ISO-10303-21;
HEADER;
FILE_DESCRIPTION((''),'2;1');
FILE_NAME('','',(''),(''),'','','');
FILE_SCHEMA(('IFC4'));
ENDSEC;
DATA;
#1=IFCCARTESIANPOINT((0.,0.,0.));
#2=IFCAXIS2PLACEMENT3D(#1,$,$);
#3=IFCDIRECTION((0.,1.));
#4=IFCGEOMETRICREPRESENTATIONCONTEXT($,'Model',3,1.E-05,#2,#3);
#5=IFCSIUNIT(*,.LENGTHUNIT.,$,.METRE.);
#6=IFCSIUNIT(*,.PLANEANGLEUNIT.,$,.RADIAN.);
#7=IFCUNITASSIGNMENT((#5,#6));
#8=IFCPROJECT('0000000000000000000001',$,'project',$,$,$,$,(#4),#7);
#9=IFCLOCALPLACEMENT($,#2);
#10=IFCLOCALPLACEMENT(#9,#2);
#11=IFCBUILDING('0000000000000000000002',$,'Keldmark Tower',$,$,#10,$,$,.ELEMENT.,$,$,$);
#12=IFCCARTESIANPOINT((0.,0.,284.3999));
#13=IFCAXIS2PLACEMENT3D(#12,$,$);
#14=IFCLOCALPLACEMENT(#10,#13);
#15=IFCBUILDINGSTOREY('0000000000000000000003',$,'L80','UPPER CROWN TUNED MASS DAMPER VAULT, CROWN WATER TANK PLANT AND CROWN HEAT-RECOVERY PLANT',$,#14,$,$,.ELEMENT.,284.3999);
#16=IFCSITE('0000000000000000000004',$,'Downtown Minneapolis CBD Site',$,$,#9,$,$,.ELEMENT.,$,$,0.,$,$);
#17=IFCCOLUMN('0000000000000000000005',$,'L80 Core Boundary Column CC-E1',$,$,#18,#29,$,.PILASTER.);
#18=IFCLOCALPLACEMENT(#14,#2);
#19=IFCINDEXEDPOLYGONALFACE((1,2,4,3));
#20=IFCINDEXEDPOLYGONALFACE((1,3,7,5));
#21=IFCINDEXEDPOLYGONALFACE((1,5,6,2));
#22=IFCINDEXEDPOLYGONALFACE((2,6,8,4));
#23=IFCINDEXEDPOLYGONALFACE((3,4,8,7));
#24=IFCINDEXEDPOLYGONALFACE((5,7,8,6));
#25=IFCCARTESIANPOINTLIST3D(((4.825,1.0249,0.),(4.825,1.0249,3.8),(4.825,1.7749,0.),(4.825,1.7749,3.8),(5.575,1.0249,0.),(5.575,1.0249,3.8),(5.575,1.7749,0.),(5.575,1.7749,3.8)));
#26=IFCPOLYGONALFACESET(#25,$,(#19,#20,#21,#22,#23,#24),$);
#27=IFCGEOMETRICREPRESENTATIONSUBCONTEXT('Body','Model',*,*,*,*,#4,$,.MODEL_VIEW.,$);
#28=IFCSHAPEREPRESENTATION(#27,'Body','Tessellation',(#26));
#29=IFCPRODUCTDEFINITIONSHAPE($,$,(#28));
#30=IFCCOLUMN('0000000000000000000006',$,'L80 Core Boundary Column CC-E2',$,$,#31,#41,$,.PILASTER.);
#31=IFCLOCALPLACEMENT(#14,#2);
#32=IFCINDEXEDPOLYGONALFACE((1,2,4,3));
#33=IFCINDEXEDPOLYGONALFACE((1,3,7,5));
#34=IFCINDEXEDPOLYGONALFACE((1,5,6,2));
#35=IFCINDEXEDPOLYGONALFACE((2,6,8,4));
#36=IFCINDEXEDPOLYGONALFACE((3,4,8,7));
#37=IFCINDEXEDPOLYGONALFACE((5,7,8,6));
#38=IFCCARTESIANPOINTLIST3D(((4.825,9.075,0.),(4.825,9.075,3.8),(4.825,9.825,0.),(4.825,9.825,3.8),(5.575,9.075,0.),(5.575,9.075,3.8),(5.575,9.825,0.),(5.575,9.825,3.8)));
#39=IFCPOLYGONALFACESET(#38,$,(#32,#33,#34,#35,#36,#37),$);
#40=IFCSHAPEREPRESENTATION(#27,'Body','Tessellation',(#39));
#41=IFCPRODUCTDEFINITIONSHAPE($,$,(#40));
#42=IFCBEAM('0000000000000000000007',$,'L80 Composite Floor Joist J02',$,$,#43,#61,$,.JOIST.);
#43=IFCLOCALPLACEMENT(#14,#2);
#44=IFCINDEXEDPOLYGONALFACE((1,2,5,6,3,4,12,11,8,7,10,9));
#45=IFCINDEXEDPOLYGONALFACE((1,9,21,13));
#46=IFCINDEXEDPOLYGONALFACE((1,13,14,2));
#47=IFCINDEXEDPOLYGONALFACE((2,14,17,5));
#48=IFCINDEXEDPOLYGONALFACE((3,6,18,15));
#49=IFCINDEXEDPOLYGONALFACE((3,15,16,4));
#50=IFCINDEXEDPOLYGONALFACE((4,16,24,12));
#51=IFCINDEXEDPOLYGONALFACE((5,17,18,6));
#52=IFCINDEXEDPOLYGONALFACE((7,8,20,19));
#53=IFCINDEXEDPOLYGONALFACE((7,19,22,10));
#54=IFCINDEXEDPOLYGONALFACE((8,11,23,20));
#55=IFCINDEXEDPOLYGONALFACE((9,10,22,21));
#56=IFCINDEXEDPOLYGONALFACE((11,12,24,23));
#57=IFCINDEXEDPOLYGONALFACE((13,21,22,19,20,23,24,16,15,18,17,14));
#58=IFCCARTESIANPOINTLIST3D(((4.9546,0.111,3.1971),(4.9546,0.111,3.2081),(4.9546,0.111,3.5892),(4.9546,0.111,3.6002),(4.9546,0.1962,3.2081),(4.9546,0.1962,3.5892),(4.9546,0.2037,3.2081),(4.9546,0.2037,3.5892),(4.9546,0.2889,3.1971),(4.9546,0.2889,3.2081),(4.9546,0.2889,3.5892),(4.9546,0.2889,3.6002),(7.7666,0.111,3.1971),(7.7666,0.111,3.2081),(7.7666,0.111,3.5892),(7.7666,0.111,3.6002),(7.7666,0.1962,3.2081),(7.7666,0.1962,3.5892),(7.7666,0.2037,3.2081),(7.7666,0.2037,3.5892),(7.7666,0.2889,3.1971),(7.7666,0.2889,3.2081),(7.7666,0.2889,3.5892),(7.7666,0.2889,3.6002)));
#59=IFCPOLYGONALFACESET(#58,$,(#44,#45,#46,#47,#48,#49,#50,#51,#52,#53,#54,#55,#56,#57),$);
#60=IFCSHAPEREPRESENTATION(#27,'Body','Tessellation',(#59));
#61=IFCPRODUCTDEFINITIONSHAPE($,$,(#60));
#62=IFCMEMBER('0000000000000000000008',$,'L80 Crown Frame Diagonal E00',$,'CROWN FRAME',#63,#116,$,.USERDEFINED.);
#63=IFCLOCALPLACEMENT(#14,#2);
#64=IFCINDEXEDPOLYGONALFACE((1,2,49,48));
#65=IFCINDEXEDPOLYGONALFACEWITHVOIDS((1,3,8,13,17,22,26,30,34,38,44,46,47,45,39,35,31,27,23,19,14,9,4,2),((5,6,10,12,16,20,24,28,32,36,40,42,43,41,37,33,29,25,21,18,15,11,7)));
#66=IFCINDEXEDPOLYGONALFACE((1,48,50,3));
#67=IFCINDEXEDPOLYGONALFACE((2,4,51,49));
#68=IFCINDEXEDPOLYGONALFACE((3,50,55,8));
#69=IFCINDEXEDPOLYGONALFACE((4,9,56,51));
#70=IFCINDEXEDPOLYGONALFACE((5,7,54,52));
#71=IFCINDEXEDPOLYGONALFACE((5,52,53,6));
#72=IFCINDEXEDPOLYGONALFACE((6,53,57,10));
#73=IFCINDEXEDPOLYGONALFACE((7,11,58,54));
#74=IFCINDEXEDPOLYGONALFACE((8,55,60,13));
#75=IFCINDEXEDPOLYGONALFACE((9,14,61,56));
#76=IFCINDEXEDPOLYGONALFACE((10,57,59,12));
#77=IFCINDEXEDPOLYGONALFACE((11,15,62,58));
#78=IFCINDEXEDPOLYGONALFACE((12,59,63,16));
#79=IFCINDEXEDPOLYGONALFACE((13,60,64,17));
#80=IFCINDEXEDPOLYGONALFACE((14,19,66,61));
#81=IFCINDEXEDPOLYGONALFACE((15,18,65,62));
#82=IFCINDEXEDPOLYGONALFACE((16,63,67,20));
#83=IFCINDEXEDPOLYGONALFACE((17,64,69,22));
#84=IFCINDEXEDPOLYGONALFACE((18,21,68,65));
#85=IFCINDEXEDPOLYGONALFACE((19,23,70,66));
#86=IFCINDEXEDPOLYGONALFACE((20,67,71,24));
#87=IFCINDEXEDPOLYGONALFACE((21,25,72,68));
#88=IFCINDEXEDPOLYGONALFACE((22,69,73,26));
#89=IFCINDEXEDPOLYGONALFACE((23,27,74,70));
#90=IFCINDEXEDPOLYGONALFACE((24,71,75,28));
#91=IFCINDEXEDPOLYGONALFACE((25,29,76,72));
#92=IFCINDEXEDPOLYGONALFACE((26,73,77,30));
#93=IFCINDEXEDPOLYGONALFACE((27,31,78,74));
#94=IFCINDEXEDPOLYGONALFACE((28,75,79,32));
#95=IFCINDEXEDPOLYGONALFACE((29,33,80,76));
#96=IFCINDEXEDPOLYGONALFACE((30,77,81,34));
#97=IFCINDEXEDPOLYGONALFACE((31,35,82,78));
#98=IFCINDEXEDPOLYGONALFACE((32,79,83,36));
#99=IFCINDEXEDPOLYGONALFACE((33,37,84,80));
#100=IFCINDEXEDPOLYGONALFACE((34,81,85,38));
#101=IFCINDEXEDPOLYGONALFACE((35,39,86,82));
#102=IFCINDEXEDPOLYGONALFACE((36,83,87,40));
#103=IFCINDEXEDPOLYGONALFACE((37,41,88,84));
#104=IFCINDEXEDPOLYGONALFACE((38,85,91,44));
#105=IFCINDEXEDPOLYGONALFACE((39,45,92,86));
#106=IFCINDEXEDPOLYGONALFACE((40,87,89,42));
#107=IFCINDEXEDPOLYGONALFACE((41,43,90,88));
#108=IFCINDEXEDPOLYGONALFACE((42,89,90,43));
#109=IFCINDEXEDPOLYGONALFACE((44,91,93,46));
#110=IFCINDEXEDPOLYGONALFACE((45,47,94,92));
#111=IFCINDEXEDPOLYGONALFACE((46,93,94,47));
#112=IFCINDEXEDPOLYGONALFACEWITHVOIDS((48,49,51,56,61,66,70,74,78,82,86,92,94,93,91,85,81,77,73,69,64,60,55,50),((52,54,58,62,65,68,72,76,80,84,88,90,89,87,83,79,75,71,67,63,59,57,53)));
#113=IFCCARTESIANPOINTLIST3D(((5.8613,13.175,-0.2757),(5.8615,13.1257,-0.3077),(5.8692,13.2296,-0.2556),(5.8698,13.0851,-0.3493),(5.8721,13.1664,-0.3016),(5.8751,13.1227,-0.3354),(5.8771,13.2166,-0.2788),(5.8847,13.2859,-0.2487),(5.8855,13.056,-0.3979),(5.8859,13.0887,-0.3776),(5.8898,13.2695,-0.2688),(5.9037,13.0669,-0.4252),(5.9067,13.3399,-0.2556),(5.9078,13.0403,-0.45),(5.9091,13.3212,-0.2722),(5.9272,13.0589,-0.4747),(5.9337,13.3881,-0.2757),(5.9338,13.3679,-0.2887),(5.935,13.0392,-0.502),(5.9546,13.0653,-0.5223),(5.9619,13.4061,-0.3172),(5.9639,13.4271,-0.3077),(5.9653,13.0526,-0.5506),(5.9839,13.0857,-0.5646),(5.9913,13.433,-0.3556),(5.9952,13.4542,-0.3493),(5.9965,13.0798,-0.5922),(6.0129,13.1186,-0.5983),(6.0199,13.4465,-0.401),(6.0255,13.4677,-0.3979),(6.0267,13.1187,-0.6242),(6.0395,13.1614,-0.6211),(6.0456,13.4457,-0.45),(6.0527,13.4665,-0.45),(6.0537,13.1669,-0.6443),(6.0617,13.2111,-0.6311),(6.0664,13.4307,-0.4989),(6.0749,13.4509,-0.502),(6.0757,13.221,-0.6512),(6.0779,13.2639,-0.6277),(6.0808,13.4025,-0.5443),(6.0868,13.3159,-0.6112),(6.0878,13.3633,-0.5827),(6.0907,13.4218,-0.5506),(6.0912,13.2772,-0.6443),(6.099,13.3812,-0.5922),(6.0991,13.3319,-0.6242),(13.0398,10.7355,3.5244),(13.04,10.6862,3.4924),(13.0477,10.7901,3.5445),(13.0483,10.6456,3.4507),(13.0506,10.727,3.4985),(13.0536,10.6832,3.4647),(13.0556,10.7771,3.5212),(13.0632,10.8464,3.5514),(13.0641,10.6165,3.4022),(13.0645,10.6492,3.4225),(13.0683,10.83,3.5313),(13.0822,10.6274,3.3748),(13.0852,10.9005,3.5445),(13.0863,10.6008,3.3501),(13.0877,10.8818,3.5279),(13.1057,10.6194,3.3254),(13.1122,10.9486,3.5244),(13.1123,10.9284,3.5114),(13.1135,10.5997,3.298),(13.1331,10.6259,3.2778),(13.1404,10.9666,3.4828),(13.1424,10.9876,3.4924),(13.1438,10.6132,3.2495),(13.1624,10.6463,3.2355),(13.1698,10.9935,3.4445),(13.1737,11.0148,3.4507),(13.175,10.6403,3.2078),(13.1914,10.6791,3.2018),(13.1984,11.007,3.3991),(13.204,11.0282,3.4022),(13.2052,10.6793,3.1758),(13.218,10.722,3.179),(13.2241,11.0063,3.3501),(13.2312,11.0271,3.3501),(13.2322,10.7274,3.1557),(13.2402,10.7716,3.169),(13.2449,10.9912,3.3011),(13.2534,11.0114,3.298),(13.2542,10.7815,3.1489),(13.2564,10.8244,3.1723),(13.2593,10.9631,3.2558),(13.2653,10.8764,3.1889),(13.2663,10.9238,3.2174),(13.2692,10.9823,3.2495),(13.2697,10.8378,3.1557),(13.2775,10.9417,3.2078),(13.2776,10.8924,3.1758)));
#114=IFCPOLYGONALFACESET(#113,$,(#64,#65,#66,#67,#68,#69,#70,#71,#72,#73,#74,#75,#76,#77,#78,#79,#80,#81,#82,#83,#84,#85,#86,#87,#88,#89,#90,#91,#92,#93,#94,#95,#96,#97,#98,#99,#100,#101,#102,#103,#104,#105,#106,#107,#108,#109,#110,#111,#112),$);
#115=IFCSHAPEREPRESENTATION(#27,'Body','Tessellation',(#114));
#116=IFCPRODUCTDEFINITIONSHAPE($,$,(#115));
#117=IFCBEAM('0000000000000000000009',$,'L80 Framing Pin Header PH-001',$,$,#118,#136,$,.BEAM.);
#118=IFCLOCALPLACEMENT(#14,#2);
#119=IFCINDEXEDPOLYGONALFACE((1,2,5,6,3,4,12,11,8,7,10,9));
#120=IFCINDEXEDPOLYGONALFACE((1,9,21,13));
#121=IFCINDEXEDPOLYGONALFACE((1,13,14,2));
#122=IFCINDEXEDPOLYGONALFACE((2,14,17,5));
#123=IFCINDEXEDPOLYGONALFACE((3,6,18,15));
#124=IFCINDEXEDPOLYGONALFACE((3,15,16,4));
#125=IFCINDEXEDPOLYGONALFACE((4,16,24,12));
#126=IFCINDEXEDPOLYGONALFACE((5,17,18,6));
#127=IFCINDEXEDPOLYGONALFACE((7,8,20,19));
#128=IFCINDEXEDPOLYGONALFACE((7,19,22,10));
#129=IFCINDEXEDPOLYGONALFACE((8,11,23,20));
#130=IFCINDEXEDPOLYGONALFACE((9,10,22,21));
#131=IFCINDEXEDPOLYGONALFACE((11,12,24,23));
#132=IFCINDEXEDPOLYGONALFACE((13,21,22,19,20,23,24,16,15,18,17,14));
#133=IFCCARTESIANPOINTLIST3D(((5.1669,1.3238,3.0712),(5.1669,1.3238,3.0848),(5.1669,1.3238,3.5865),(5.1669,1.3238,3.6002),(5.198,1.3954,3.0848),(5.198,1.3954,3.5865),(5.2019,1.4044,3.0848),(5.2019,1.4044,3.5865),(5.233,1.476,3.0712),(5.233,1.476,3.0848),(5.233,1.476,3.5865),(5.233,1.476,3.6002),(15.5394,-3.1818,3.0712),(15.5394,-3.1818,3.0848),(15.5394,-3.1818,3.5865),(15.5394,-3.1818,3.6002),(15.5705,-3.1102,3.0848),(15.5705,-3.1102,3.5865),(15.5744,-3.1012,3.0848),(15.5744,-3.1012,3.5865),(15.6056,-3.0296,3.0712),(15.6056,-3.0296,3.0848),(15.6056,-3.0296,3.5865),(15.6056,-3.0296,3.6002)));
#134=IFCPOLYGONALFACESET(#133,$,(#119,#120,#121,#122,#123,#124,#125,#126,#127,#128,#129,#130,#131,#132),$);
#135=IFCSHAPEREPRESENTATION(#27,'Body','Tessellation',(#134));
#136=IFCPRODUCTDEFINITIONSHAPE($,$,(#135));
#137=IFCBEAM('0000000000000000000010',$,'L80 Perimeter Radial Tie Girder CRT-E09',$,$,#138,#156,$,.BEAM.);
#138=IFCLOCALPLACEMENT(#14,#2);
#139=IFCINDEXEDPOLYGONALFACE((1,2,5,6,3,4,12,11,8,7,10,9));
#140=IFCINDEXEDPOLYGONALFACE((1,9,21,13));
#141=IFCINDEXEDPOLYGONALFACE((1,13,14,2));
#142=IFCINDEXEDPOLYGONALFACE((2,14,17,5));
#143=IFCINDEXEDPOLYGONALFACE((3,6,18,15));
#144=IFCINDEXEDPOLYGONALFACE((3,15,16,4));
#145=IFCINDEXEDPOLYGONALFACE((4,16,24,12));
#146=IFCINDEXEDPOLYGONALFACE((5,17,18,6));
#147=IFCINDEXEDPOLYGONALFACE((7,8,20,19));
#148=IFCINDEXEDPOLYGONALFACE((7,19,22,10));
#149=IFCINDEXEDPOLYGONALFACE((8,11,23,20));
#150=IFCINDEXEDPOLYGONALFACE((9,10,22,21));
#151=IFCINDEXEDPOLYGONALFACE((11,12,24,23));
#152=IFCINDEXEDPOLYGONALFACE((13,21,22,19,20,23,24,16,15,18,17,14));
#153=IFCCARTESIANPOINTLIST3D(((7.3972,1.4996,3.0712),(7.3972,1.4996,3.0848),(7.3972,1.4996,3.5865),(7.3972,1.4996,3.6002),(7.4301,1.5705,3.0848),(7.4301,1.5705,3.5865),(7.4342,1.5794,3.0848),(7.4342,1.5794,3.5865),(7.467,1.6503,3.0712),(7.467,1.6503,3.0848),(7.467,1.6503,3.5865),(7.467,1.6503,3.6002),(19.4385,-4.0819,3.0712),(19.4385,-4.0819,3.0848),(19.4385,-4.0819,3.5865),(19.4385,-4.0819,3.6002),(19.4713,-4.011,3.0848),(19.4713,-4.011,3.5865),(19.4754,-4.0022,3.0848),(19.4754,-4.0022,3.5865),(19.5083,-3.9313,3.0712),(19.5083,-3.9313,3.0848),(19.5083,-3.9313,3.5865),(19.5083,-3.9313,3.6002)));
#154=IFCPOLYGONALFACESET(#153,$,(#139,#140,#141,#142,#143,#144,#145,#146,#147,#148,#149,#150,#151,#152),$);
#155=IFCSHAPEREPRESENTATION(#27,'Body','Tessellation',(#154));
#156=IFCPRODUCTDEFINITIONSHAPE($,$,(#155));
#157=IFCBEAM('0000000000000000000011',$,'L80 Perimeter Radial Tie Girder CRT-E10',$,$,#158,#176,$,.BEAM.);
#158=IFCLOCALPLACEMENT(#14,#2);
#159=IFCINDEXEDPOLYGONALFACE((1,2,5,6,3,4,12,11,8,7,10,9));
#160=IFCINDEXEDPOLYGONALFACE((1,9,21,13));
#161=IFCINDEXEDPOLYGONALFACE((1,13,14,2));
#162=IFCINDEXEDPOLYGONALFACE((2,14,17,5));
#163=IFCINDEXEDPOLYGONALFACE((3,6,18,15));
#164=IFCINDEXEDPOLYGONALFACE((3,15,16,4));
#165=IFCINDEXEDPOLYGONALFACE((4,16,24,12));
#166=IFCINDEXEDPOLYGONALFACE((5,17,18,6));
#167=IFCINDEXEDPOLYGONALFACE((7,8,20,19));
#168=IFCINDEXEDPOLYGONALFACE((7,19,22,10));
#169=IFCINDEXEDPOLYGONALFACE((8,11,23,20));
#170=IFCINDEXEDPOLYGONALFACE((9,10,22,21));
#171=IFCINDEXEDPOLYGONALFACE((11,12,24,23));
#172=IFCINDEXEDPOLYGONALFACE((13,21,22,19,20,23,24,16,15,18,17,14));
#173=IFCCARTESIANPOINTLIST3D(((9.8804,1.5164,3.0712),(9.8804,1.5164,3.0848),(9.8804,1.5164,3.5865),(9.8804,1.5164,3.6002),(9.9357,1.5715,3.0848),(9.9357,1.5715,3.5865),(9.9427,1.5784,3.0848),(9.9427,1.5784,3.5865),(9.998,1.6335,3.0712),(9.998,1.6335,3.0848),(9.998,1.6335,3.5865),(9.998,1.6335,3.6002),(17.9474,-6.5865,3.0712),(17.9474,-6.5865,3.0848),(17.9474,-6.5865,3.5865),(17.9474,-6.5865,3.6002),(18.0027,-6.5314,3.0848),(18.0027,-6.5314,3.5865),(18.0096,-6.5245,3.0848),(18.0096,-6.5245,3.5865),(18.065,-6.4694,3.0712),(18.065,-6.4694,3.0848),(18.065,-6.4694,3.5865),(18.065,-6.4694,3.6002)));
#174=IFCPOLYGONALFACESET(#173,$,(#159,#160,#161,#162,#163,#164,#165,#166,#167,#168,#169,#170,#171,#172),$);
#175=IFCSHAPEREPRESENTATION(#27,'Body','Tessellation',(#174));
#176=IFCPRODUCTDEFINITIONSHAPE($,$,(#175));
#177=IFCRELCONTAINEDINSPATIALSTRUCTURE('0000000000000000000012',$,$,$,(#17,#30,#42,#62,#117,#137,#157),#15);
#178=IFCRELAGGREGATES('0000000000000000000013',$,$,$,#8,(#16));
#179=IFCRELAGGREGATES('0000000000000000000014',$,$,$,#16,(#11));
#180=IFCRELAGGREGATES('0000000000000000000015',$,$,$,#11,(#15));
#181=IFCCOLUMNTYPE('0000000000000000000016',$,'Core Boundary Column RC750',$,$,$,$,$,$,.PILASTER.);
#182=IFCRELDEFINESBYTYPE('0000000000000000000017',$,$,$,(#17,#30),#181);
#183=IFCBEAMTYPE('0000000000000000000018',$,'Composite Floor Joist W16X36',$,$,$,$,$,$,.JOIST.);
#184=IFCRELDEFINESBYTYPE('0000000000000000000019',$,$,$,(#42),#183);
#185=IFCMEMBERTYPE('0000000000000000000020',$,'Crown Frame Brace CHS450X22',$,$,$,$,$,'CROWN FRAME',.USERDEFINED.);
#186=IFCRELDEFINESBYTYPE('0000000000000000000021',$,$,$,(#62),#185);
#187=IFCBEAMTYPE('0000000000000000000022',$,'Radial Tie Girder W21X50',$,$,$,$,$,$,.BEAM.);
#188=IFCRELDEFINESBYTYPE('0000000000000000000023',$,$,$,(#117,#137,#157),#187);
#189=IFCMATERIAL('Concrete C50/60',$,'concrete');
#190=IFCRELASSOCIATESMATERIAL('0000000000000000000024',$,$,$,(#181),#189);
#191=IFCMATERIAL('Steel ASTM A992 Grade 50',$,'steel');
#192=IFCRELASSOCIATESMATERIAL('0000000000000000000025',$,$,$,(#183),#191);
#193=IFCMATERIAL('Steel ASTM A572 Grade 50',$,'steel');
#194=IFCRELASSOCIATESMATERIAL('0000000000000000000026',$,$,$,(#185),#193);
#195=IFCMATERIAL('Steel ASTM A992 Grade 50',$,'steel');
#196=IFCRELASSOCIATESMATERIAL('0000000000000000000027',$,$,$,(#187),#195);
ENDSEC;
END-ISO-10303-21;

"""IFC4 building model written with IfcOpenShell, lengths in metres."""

from ifc_helpers import new_model, si_unit, direction, frame, origin, origin_2d, place, context, subcontext, project, spatial, rectangle, hollow_circle, i_section, extrude, material, material_profile, profile_set, type_object, element, save


model = new_model("IFC4")

# Units and contexts
model_context = context("Model", 3, precision=1e-05, world=origin(), true_north=direction((0.0, 1.0)))
body_context = subcontext(model_context, "Body", "Model", "MODEL_VIEW")
ifc_project = project(units=[si_unit("LENGTHUNIT", "METRE"), si_unit("PLANEANGLEUNIT", "RADIAN")], contexts=[model_context])

# Site, building, storey
site_placement = place(None, origin())
site = spatial("IfcSite", under=ifc_project, at=site_placement, Name="Downtown Minneapolis CBD Site", CompositionType="ELEMENT", RefElevation=0.0)
building_placement = place(site_placement, origin())
building = spatial("IfcBuilding", under=site, at=building_placement, Name="Keldmark Tower", CompositionType="ELEMENT")
storey_placement = place(building_placement, frame((0.0, 0.0, 284.3999)))
storey = spatial("IfcBuildingStorey", under=building, at=storey_placement, Name="L80", Description="UPPER CROWN TUNED MASS DAMPER VAULT, CROWN WATER TANK PLANT AND CROWN HEAT-RECOVERY PLANT", CompositionType="ELEMENT", Elevation=284.3999)

# Columns
ifc_material_1 = material(Name="Concrete C50/60", Category="concrete")
ifc_material_profile_1 = material_profile(ifc_material_1, rectangle(XDim=0.75, YDim=0.75, at=origin_2d()), Name="RC750X750")
ifc_profile_set_1 = profile_set([ifc_material_profile_1], Name="Concrete C50/60")
column_type = type_object("IfcColumnType", Name="Core Boundary Column RC750", PredefinedType="PILASTER", material=ifc_profile_set_1)
for number, where, z_axis, x_axis, name in (
    (1, (5.2, 1.3999, 0.0), (0.0, 0.0, 1.0), (1.0, 0.0, 0.0), "L80 Core Boundary Column CC-E1"),
    (2, (5.2, 9.45, 0.0), (0.0, 0.0, 1.0), (1.0, 0.0, 0.0), "L80 Core Boundary Column CC-E2"),
):
    element("IfcColumn", number, at=place(storey_placement, frame(where, z_axis=z_axis, x_axis=x_axis)), inside=storey, type_object=column_type, Name=name, PredefinedType="PILASTER", context=body_context, shape_type="SweptSolid", body=[
        extrude(rectangle(XDim=0.75, YDim=0.75, at=origin_2d()), origin(), (0.0, 0.0, 1.0), 3.8),
    ])

# Beam
ifc_material_2 = material(Name="Steel ASTM A992 Grade 50", Category="steel")
ifc_material_profile_2 = material_profile(ifc_material_2, i_section(OverallWidth=0.178, OverallDepth=0.4031, WebThickness=0.0076, FlangeThickness=0.011, at=origin_2d()), Name="W16X36")
ifc_profile_set_2 = profile_set([ifc_material_profile_2], Name="Steel ASTM A992 Grade 50")
beam_type_1 = type_object("IfcBeamType", Name="Composite Floor Joist W16X36", PredefinedType="JOIST", material=ifc_profile_set_2)
beam_1_placement = place(storey_placement, frame((4.9546, 0.2, 3.3987), z_axis=(1.0, 0.0, 0.0), x_axis=(0.0, 1.0, 0.0)))
element("IfcBeam", 3, at=beam_1_placement, inside=storey, type_object=beam_type_1, Name="L80 Composite Floor Joist J02", PredefinedType="JOIST", context=body_context, shape_type="SweptSolid", body=[
    extrude(i_section(OverallWidth=0.178, OverallDepth=0.4031, WebThickness=0.0076, FlangeThickness=0.011, at=origin_2d()), origin(), (0.0, 0.0, 1.0), 2.812),
])

# Member
ifc_material_3 = material(Name="Steel ASTM A572 Grade 50", Category="steel")
ifc_material_profile_3 = material_profile(ifc_material_3, hollow_circle(Radius=0.2251, WallThickness=0.022, at=origin_2d()), Name="CHS450X22")
ifc_profile_set_3 = profile_set([ifc_material_profile_3], Name="Steel ASTM A572 Grade 50")
member_type = type_object("IfcMemberType", Name="Crown Frame Brace CHS450X22", ElementType="CROWN FRAME", PredefinedType="USERDEFINED", material=ifc_profile_set_3)
member_placement = place(storey_placement, frame((5.9802, 13.2534, -0.45), z_axis=(0.846451, -0.287649, 0.448084), x_axis=(0.321758, 0.946822, 0.0)))
element("IfcMember", 4, at=member_placement, inside=storey, type_object=member_type, Name="L80 Crown Frame Diagonal E00", ObjectType="CROWN FRAME", PredefinedType="USERDEFINED", context=body_context, shape_type="SweptSolid", body=[
    extrude(hollow_circle(Radius=0.2251, WallThickness=0.022, at=origin_2d()), origin(), (0.0, 0.0, 1.0), 8.4807),
])

# Beams
ifc_material_4 = material(Name="Steel ASTM A992 Grade 50", Category="steel")
ifc_material_profile_4 = material_profile(ifc_material_4, i_section(OverallWidth=0.166, OverallDepth=0.5291, WebThickness=0.0098, FlangeThickness=0.0137, at=origin_2d()), Name="W21X50")
ifc_profile_set_4 = profile_set([ifc_material_profile_4], Name="Steel ASTM A992 Grade 50")
beam_type_2 = type_object("IfcBeamType", Name="Radial Tie Girder W21X50", PredefinedType="BEAM", material=ifc_profile_set_4)
beam_2_placement = place(storey_placement, frame((5.2, 1.3999, 3.3357), z_axis=(0.917206, -0.398414, 0.0), x_axis=(0.398414, 0.917206, 0.0)))
element("IfcBeam", 5, at=beam_2_placement, inside=storey, type_object=beam_type_2, Name="L80 Framing Pin Header PH-001", PredefinedType="BEAM", context=body_context, shape_type="SweptSolid", body=[
    extrude(i_section(OverallWidth=0.166, OverallDepth=0.5291, WebThickness=0.0098, FlangeThickness=0.0137, at=origin_2d()), origin(), (0.0, 0.0, 1.0), 11.3088),
])
beam_3_placement = place(storey_placement, frame((7.4321, 1.575, 3.3357), z_axis=(0.907269, -0.420551, 0.0), x_axis=(0.420551, 0.907269, 0.0)))
element("IfcBeam", 6, at=beam_3_placement, inside=storey, type_object=beam_type_2, Name="L80 Perimeter Radial Tie Girder CRT-E09", PredefinedType="BEAM", context=body_context, shape_type="SweptSolid", body=[
    extrude(i_section(OverallWidth=0.166, OverallDepth=0.5291, WebThickness=0.0098, FlangeThickness=0.0137, at=origin_2d()), origin(), (0.0, 0.0, 1.0), 13.272),
])
beam_4_placement = place(storey_placement, frame((9.9392, 1.575, 3.3357), z_axis=(0.705536, -0.708674, 0.0), x_axis=(0.708674, 0.705536, 0.0)))
element("IfcBeam", 7, at=beam_4_placement, inside=storey, type_object=beam_type_2, Name="L80 Perimeter Radial Tie Girder CRT-E10", PredefinedType="BEAM", context=body_context, shape_type="SweptSolid", body=[
    extrude(i_section(OverallWidth=0.166, OverallDepth=0.5291, WebThickness=0.0098, FlangeThickness=0.0137, at=origin_2d()), origin(), (0.0, 0.0, 1.0), 11.4338),
])

save(model, "model.ifc")
